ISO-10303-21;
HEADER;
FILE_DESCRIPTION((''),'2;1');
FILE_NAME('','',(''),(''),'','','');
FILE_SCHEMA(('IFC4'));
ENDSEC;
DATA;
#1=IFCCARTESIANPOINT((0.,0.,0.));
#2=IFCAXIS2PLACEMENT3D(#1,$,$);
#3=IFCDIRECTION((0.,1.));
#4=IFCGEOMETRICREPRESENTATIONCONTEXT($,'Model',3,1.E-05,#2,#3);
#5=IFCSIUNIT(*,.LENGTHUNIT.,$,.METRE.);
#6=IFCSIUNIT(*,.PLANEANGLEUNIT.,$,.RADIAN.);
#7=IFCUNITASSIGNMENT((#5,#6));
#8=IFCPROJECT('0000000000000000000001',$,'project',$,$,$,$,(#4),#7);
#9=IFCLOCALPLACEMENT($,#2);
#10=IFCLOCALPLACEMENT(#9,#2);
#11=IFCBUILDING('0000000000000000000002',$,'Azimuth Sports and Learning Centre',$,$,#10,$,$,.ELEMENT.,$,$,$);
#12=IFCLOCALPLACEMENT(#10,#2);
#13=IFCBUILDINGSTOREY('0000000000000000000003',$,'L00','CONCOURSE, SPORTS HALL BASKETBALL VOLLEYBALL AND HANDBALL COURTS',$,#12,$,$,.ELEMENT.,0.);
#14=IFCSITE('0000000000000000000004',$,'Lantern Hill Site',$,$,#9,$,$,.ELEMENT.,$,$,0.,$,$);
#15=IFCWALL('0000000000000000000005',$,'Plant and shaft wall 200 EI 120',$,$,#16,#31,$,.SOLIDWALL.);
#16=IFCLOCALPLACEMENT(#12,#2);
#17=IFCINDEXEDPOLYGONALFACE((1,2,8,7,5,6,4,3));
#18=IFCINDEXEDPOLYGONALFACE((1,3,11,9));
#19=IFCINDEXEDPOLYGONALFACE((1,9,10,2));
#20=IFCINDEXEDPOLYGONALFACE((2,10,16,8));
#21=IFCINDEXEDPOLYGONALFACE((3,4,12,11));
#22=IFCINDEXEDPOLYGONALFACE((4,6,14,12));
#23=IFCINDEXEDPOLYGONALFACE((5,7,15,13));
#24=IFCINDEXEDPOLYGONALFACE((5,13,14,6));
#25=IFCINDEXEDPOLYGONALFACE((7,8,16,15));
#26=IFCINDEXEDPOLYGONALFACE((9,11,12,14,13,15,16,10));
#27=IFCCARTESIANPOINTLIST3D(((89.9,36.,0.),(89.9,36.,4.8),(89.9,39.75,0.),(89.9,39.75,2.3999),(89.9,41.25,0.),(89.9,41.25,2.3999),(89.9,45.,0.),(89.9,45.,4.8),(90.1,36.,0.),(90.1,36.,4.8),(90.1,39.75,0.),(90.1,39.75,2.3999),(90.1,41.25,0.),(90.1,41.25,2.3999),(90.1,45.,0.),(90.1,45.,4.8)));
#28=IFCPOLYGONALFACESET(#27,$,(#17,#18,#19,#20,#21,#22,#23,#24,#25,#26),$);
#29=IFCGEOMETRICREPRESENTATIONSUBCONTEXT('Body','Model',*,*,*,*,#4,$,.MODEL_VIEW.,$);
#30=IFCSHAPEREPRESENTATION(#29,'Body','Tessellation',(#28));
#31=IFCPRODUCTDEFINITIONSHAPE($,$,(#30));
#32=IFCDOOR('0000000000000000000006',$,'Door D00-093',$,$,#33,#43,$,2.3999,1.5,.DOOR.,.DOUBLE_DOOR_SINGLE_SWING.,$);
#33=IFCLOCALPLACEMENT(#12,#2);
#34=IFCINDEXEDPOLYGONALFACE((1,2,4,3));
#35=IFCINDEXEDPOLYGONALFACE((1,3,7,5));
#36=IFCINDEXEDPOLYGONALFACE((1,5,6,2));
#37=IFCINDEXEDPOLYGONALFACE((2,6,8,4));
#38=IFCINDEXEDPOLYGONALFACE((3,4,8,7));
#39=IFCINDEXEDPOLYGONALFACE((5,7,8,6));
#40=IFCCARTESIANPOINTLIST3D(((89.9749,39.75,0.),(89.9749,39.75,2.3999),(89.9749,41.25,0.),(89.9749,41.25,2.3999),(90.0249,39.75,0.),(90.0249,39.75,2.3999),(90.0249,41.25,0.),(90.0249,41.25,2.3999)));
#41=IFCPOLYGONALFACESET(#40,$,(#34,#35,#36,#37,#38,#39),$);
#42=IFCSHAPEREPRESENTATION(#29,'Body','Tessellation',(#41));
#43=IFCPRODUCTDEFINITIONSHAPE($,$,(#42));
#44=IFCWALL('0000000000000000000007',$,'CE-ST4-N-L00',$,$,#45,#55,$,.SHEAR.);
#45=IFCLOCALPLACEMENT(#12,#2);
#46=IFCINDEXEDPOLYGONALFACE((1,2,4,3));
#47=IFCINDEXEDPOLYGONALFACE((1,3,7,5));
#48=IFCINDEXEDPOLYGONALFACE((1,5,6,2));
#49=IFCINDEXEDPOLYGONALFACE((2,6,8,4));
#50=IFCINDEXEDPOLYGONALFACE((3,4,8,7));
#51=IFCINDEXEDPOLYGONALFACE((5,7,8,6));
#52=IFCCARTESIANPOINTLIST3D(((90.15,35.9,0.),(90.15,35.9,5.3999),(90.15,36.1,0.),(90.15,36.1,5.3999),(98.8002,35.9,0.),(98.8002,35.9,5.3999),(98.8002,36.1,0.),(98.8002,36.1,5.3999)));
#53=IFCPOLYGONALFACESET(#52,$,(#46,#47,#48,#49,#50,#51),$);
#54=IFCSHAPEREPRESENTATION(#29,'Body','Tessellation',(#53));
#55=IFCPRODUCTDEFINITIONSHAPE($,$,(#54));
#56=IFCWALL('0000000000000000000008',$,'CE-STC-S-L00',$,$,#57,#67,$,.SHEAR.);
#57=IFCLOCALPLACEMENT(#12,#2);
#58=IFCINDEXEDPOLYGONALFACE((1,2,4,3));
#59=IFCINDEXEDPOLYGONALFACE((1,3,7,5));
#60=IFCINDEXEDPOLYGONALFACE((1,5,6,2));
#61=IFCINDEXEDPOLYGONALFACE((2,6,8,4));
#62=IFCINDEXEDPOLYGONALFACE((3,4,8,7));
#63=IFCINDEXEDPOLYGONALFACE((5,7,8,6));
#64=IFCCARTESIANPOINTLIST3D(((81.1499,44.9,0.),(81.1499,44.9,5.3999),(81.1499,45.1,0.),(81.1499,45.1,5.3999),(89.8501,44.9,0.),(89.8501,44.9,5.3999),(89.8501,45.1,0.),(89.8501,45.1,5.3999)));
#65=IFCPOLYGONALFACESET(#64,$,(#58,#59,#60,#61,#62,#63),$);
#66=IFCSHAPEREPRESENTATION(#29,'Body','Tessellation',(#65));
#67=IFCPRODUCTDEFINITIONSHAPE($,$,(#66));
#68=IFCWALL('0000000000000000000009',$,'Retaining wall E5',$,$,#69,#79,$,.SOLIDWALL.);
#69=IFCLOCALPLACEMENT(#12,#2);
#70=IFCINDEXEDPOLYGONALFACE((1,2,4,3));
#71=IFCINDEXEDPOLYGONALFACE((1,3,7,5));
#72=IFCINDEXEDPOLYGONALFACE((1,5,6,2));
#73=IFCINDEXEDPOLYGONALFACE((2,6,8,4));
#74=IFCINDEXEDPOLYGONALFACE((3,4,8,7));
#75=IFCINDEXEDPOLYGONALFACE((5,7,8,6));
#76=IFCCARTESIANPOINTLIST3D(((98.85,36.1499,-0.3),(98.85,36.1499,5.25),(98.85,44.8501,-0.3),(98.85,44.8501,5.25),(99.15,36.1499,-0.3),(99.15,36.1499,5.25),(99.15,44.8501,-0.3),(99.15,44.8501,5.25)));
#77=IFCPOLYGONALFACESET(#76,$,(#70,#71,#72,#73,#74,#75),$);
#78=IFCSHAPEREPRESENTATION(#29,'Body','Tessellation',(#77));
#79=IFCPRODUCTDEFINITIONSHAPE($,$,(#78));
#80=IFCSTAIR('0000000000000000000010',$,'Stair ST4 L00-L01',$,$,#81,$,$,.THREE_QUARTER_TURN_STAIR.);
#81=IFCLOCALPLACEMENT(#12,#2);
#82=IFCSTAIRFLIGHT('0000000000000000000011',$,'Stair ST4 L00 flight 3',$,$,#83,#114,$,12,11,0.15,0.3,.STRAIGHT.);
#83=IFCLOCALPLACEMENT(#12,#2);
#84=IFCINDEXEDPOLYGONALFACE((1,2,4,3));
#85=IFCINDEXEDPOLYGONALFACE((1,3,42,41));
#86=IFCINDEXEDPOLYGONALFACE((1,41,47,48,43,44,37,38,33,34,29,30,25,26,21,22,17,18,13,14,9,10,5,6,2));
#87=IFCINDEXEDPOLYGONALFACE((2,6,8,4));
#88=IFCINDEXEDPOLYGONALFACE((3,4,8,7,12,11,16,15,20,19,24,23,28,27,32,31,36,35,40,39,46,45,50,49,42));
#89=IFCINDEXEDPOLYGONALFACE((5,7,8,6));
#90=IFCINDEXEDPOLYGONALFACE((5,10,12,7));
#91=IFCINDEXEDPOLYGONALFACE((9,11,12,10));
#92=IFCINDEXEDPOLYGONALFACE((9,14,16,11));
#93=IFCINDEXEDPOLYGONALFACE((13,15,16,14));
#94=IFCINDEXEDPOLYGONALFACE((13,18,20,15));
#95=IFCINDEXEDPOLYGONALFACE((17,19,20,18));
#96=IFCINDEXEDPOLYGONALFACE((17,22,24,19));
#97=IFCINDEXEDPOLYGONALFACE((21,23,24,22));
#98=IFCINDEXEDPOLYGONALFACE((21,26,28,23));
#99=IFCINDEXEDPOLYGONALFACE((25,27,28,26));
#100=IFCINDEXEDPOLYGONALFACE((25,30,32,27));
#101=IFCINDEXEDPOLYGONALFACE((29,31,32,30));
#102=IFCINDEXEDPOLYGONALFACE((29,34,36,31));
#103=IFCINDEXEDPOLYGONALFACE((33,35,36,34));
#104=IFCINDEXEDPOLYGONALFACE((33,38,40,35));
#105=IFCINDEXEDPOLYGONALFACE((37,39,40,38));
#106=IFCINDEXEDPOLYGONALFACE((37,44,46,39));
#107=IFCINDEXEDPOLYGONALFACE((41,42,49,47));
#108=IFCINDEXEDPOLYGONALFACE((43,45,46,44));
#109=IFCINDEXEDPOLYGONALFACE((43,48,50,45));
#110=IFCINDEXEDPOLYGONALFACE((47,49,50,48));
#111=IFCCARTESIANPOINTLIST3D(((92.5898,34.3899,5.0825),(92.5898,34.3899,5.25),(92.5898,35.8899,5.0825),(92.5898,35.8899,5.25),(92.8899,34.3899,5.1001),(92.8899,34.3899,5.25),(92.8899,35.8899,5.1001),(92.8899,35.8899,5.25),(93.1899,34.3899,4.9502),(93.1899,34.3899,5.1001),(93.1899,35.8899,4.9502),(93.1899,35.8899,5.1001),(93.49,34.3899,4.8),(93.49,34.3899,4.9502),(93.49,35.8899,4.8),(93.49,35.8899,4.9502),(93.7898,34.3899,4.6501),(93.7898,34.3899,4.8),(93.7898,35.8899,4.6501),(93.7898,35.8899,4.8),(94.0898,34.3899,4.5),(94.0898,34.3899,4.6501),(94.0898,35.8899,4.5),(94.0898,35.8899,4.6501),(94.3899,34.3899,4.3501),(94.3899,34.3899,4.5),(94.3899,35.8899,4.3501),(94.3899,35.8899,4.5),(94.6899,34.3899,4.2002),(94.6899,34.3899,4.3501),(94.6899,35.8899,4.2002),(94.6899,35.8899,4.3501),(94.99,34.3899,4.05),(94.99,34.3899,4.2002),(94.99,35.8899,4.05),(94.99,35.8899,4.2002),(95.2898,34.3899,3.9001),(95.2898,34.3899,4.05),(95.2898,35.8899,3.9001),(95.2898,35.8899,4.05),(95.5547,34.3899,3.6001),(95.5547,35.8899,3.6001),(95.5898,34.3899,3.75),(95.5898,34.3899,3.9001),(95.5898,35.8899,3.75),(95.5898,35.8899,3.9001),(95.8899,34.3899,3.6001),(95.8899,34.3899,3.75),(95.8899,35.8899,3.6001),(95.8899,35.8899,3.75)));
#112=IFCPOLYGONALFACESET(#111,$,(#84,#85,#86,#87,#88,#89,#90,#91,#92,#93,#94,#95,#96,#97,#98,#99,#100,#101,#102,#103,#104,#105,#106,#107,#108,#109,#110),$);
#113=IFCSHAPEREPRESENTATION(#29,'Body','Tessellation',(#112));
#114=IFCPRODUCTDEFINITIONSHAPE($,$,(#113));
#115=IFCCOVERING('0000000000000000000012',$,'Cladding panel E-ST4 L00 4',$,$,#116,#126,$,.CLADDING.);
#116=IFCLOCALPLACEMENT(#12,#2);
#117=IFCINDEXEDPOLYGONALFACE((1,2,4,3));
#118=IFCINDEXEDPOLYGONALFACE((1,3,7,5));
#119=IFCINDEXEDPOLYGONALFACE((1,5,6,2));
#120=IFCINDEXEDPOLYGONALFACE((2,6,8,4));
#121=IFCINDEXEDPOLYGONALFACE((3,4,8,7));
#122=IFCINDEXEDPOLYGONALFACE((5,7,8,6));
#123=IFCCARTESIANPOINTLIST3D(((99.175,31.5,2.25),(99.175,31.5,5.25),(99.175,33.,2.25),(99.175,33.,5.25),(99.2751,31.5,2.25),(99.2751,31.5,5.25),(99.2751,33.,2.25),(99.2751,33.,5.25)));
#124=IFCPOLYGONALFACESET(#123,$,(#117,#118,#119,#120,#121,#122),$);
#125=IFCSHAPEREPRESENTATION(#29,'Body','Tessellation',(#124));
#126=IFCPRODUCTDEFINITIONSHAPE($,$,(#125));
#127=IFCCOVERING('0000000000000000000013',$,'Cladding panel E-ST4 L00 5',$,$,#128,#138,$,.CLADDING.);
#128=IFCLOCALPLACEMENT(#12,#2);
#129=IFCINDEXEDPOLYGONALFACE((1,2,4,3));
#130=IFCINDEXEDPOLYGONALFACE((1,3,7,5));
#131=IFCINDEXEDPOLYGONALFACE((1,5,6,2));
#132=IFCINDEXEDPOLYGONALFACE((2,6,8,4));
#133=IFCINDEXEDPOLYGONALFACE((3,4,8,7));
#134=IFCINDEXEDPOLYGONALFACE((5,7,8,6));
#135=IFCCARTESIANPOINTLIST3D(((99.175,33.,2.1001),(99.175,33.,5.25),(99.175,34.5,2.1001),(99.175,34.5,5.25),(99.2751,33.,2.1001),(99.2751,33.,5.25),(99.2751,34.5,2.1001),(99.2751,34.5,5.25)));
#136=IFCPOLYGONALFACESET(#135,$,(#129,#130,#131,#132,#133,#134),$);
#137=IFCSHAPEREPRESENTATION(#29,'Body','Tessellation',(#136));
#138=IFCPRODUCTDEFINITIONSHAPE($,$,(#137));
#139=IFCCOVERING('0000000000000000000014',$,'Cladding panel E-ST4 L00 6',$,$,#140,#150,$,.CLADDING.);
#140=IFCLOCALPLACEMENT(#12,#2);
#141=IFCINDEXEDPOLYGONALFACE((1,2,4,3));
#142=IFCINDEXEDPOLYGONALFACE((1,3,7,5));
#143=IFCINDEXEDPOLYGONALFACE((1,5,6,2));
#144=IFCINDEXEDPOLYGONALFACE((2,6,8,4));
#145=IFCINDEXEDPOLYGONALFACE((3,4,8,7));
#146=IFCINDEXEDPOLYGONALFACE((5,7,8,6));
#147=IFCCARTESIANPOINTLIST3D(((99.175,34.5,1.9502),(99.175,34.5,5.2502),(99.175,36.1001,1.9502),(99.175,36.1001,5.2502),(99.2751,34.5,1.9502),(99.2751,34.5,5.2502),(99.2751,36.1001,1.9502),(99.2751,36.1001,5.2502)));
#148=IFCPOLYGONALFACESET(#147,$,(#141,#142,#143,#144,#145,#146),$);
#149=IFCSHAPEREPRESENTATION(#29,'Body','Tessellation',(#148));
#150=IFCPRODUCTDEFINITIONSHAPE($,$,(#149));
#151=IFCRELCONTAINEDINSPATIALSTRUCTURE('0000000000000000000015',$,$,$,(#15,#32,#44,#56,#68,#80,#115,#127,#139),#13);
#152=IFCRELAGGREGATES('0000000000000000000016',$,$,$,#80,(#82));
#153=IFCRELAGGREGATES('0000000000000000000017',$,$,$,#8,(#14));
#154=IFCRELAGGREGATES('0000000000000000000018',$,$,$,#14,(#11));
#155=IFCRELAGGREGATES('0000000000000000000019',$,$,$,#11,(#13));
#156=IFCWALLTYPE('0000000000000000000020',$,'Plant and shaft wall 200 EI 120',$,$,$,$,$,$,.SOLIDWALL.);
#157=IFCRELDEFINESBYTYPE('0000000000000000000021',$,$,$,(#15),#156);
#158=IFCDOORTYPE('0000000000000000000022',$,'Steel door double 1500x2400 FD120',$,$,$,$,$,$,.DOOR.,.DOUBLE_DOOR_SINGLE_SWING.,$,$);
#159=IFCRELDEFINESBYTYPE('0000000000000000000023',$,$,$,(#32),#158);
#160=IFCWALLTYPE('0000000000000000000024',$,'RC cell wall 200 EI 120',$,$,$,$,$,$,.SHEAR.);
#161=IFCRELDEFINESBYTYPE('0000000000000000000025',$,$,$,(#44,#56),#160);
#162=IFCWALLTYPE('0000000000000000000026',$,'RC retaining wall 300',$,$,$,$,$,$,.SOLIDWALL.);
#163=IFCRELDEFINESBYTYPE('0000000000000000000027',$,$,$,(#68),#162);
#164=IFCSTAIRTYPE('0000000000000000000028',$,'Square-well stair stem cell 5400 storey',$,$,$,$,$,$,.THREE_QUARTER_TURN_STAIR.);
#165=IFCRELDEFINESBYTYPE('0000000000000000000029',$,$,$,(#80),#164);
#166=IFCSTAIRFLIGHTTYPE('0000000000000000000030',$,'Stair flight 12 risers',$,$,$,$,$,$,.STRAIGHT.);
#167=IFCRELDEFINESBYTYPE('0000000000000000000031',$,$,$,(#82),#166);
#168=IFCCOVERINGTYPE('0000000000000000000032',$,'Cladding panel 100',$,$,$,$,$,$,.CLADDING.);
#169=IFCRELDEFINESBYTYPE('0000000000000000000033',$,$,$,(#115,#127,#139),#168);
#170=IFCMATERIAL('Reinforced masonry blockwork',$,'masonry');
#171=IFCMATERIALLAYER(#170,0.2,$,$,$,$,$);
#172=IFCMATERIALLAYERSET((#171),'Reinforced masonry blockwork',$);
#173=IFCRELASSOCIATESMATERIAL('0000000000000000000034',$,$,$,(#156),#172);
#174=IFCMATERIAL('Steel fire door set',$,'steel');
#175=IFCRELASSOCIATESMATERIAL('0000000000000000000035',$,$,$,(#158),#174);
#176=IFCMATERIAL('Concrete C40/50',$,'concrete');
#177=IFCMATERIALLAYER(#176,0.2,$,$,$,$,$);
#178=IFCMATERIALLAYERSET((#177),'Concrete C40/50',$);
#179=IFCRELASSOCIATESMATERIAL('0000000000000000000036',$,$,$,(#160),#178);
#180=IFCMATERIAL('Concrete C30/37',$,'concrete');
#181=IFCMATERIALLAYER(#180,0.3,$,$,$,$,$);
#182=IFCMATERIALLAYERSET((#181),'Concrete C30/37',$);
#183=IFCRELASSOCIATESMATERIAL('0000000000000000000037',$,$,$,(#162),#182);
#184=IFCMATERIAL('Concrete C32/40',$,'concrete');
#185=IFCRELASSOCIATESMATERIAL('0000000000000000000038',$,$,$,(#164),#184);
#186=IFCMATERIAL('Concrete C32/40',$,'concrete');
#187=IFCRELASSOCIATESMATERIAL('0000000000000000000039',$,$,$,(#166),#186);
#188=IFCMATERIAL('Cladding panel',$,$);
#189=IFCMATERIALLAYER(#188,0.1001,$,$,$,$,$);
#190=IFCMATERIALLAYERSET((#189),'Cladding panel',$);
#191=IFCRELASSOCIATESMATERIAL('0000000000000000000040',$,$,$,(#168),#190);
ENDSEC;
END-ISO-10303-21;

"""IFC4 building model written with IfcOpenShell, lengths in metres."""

from ifc_helpers import new_model, si_unit, direction, frame, frame_2d, origin, origin_2d, place, context, subcontext, project, spatial, polyline, rectangle, outline, extrude, material, layer, layer_set, type_object, element, fill, aggregate, save


model = new_model("IFC4")

# Units and contexts
model_context = context("Model", 3, precision=1e-05, world=origin(), true_north=direction((0.0, 1.0)))
body_context = subcontext(model_context, "Body", "Model", "MODEL_VIEW")
ifc_project = project(units=[si_unit("LENGTHUNIT", "METRE"), si_unit("PLANEANGLEUNIT", "RADIAN")], contexts=[model_context])

# Site, building, storey
site_placement = place(None, origin())
site = spatial("IfcSite", under=ifc_project, at=site_placement, Name="Lantern Hill Site", CompositionType="ELEMENT", RefElevation=0.0)
building_placement = place(site_placement, origin())
building = spatial("IfcBuilding", under=site, at=building_placement, Name="Azimuth Sports and Learning Centre", CompositionType="ELEMENT")
storey_placement = place(building_placement, origin())
storey = spatial("IfcBuildingStorey", under=building, at=storey_placement, Name="L00", Description="CONCOURSE, SPORTS HALL BASKETBALL VOLLEYBALL AND HANDBALL COURTS", CompositionType="ELEMENT", Elevation=0.0)

# Wall, opening, door
ifc_material_1 = material(Name="Reinforced masonry blockwork", Category="masonry")
ifc_layer_1 = layer(ifc_material_1, 0.2)
ifc_layer_set_1 = layer_set([ifc_layer_1], Name="Reinforced masonry blockwork")
wall_type_1 = type_object("IfcWallType", Name="Plant and shaft wall 200 EI 120", PredefinedType="SOLIDWALL", material=ifc_layer_set_1)
wall_1_placement = place(storey_placement, frame((90.0, 36.0, 0.0), z_axis=(0.0, 0.0, 1.0), x_axis=(0.0, 1.0, 0.0)))
wall_1 = element("IfcWall", 1, at=wall_1_placement, inside=storey, type_object=wall_type_1, Name="Plant and shaft wall 200 EI 120", PredefinedType="SOLIDWALL", context=body_context, shape_type="SweptSolid", body=[
    extrude(rectangle(XDim=9.0, YDim=0.2, at=frame_2d((4.5, 0.0))), origin(), (0.0, 0.0, 1.0), 4.8),
])
opening_1_placement = place(wall_1_placement, frame((3.75, 0.0, 0.0)))
opening_1 = element("IfcOpeningElement", 2, at=opening_1_placement, cuts=wall_1, PredefinedType="OPENING", context=body_context, shape_type="SweptSolid", body=[
    extrude(rectangle(XDim=1.5, YDim=2.3999, at=frame_2d((0.75, 1.2))), frame((0.0, 0.1108, 0.0), z_axis=(0.0, -1.0, 0.0), x_axis=(1.0, 0.0, 0.0)), (0.0, 0.0, 1.0), 0.2219),
])
ifc_material_2 = material(Name="Steel fire door set", Category="steel")
door_type_1 = type_object("IfcDoorType", Name="Steel door double 1500x2400 FD120", OperationType="DOUBLE_DOOR_SINGLE_SWING", PredefinedType="DOOR", material=ifc_material_2)
door_1_placement = place(opening_1_placement, frame((1.5, 0.0, 0.0), z_axis=(0.0, 0.0, 1.0), x_axis=(-1.0, 0.0, 0.0)))
door_1 = element("IfcDoor", 3, at=door_1_placement, inside=storey, type_object=door_type_1, Name="Door D00-093", OperationType="DOUBLE_DOOR_SINGLE_SWING", OverallHeight=2.3999, OverallWidth=1.5, PredefinedType="DOOR", context=body_context, shape_type="SweptSolid", body=[
    extrude(rectangle(XDim=1.5, YDim=2.3999, at=frame_2d((0.75, 1.2))), frame((0.0, 0.0249, 0.0), z_axis=(0.0, -1.0, 0.0), x_axis=(1.0, 0.0, 0.0)), (0.0, 0.0, 1.0), 0.05),
])
fill(opening_1, door_1)

# Walls
ifc_material_3 = material(Name="Concrete C40/50", Category="concrete")
ifc_layer_2 = layer(ifc_material_3, 0.2)
ifc_layer_set_2 = layer_set([ifc_layer_2], Name="Concrete C40/50")
wall_type_2 = type_object("IfcWallType", Name="RC cell wall 200 EI 120", PredefinedType="SHEAR", material=ifc_layer_set_2)
wall_2_placement = place(storey_placement, frame((90.1499, 36.0, 0.0), z_axis=(0.0, 0.0, 1.0), x_axis=(1.0, 0.0, 0.0)))
element("IfcWall", 4, at=wall_2_placement, inside=storey, type_object=wall_type_2, Name="CE-ST4-N-L00", PredefinedType="SHEAR", context=body_context, shape_type="SweptSolid", body=[
    extrude(rectangle(XDim=8.6501, YDim=0.2, at=frame_2d((4.3252, 0.0))), origin(), (0.0, 0.0, 1.0), 5.3999),
])
wall_3_placement = place(storey_placement, frame((81.1499, 45.0, 0.0), z_axis=(0.0, 0.0, 1.0), x_axis=(1.0, 0.0, 0.0)))
element("IfcWall", 5, at=wall_3_placement, inside=storey, type_object=wall_type_2, Name="CE-STC-S-L00", PredefinedType="SHEAR", context=body_context, shape_type="SweptSolid", body=[
    extrude(rectangle(XDim=8.7002, YDim=0.2, at=frame_2d((4.3501, 0.0))), origin(), (0.0, 0.0, 1.0), 5.3999),
])
ifc_material_4 = material(Name="Concrete C30/37", Category="concrete")
ifc_layer_3 = layer(ifc_material_4, 0.3)
ifc_layer_set_3 = layer_set([ifc_layer_3], Name="Concrete C30/37")
wall_type_3 = type_object("IfcWallType", Name="RC retaining wall 300", PredefinedType="SOLIDWALL", material=ifc_layer_set_3)
wall_4_placement = place(storey_placement, frame((99.0, 36.1499, -0.3), z_axis=(0.0, 0.0, 1.0), x_axis=(0.0, 1.0, 0.0)))
element("IfcWall", 6, at=wall_4_placement, inside=storey, type_object=wall_type_3, Name="Retaining wall E5", PredefinedType="SOLIDWALL", context=body_context, shape_type="SweptSolid", body=[
    extrude(rectangle(XDim=8.7002, YDim=0.3, at=frame_2d((4.3501, 0.0))), origin(), (0.0, 0.0, 1.0), 5.55),
])

# Stair, stair flight
ifc_material_5 = material(Name="Concrete C32/40", Category="concrete")
stair_type = type_object("IfcStairType", Name="Square-well stair stem cell 5400 storey", PredefinedType="THREE_QUARTER_TURN_STAIR", material=ifc_material_5)
stair_placement = place(storey_placement, origin())
stair = element("IfcStair", 7, at=stair_placement, inside=storey, type_object=stair_type, Name="Stair ST4 L00-L01", PredefinedType="THREE_QUARTER_TURN_STAIR")
ifc_material_6 = material(Name="Concrete C32/40", Category="concrete")
stair_flight_type = type_object("IfcStairFlightType", Name="Stair flight 12 risers", PredefinedType="STRAIGHT", material=ifc_material_6)
stair_flight_placement = place(storey_placement, frame((95.8899, 35.1399, 3.6001), z_axis=(0.0, 0.0, 1.0), x_axis=(-1.0, 0.0, 0.0)))
stair_flight = element("IfcStairFlight", 8, at=stair_flight_placement, type_object=stair_flight_type, Name="Stair ST4 L00 flight 3", NumberOfRisers=12, NumberOfTreads=11, PredefinedType="STRAIGHT", RiserHeight=0.15, TreadLength=0.3, context=body_context, shape_type="SweptSolid", body=[
    extrude(outline(polyline([(0.0, 0.0), (0.0, 0.1499), (0.3, 0.1499), (0.3, 0.3), (0.6001, 0.3), (0.6001, 0.45), (0.8999, 0.45), (0.8999, 0.6001), (1.2, 0.6001), (1.2, 0.75), (1.5, 0.75), (1.5, 0.8999), (1.8, 0.8999), (1.8, 1.05), (2.1001, 1.05), (2.1001, 1.2), (2.3999, 1.2), (2.3999, 1.3501), (2.7, 1.3501), (2.7, 1.5), (3.0, 1.5), (3.0, 1.6499), (3.3, 1.6499), (3.3, 1.8), (3.3, 1.4824), (0.3352, 0.0), (0.0, 0.0)])), frame((0.0, 0.75, 0.0), z_axis=(0.0, -1.0, 0.0), x_axis=(1.0, 0.0, 0.0)), (0.0, 0.0, 1.0), 1.5),
])
aggregate(stair, [stair_flight])

# Coverings
ifc_material_7 = material(Name="Cladding panel")
ifc_layer_4 = layer(ifc_material_7, 0.1001)
ifc_layer_set_4 = layer_set([ifc_layer_4], Name="Cladding panel")
covering_type = type_object("IfcCoveringType", Name="Cladding panel 100", PredefinedType="CLADDING", material=ifc_layer_set_4)
covering_1_placement = place(storey_placement, frame((99.2251, 32.25, 2.25), z_axis=(0.0, 0.0, 1.0), x_axis=(0.0, 1.0, 0.0)))
element("IfcCovering", 9, at=covering_1_placement, inside=storey, type_object=covering_type, Name="Cladding panel E-ST4 L00 4", PredefinedType="CLADDING", context=body_context, shape_type="SweptSolid", body=[
    extrude(rectangle(XDim=1.5, YDim=0.1001, at=origin_2d()), origin(), (0.0, 0.0, 1.0), 3.0),
])
covering_2_placement = place(storey_placement, frame((99.2251, 33.75, 2.1001), z_axis=(0.0, 0.0, 1.0), x_axis=(0.0, 1.0, 0.0)))
element("IfcCovering", 10, at=covering_2_placement, inside=storey, type_object=covering_type, Name="Cladding panel E-ST4 L00 5", PredefinedType="CLADDING", context=body_context, shape_type="SweptSolid", body=[
    extrude(rectangle(XDim=1.5, YDim=0.1001, at=origin_2d()), origin(), (0.0, 0.0, 1.0), 3.1499),
])
covering_3_placement = place(storey_placement, frame((99.2251, 35.3, 1.9502), z_axis=(0.0, 0.0, 1.0), x_axis=(0.0, 1.0, 0.0)))
element("IfcCovering", 11, at=covering_3_placement, inside=storey, type_object=covering_type, Name="Cladding panel E-ST4 L00 6", PredefinedType="CLADDING", context=body_context, shape_type="SweptSolid", body=[
    extrude(rectangle(XDim=1.6001, YDim=0.1001, at=origin_2d()), origin(), (0.0, 0.0, 1.0), 3.3),
])

save(model, "model.ifc")
